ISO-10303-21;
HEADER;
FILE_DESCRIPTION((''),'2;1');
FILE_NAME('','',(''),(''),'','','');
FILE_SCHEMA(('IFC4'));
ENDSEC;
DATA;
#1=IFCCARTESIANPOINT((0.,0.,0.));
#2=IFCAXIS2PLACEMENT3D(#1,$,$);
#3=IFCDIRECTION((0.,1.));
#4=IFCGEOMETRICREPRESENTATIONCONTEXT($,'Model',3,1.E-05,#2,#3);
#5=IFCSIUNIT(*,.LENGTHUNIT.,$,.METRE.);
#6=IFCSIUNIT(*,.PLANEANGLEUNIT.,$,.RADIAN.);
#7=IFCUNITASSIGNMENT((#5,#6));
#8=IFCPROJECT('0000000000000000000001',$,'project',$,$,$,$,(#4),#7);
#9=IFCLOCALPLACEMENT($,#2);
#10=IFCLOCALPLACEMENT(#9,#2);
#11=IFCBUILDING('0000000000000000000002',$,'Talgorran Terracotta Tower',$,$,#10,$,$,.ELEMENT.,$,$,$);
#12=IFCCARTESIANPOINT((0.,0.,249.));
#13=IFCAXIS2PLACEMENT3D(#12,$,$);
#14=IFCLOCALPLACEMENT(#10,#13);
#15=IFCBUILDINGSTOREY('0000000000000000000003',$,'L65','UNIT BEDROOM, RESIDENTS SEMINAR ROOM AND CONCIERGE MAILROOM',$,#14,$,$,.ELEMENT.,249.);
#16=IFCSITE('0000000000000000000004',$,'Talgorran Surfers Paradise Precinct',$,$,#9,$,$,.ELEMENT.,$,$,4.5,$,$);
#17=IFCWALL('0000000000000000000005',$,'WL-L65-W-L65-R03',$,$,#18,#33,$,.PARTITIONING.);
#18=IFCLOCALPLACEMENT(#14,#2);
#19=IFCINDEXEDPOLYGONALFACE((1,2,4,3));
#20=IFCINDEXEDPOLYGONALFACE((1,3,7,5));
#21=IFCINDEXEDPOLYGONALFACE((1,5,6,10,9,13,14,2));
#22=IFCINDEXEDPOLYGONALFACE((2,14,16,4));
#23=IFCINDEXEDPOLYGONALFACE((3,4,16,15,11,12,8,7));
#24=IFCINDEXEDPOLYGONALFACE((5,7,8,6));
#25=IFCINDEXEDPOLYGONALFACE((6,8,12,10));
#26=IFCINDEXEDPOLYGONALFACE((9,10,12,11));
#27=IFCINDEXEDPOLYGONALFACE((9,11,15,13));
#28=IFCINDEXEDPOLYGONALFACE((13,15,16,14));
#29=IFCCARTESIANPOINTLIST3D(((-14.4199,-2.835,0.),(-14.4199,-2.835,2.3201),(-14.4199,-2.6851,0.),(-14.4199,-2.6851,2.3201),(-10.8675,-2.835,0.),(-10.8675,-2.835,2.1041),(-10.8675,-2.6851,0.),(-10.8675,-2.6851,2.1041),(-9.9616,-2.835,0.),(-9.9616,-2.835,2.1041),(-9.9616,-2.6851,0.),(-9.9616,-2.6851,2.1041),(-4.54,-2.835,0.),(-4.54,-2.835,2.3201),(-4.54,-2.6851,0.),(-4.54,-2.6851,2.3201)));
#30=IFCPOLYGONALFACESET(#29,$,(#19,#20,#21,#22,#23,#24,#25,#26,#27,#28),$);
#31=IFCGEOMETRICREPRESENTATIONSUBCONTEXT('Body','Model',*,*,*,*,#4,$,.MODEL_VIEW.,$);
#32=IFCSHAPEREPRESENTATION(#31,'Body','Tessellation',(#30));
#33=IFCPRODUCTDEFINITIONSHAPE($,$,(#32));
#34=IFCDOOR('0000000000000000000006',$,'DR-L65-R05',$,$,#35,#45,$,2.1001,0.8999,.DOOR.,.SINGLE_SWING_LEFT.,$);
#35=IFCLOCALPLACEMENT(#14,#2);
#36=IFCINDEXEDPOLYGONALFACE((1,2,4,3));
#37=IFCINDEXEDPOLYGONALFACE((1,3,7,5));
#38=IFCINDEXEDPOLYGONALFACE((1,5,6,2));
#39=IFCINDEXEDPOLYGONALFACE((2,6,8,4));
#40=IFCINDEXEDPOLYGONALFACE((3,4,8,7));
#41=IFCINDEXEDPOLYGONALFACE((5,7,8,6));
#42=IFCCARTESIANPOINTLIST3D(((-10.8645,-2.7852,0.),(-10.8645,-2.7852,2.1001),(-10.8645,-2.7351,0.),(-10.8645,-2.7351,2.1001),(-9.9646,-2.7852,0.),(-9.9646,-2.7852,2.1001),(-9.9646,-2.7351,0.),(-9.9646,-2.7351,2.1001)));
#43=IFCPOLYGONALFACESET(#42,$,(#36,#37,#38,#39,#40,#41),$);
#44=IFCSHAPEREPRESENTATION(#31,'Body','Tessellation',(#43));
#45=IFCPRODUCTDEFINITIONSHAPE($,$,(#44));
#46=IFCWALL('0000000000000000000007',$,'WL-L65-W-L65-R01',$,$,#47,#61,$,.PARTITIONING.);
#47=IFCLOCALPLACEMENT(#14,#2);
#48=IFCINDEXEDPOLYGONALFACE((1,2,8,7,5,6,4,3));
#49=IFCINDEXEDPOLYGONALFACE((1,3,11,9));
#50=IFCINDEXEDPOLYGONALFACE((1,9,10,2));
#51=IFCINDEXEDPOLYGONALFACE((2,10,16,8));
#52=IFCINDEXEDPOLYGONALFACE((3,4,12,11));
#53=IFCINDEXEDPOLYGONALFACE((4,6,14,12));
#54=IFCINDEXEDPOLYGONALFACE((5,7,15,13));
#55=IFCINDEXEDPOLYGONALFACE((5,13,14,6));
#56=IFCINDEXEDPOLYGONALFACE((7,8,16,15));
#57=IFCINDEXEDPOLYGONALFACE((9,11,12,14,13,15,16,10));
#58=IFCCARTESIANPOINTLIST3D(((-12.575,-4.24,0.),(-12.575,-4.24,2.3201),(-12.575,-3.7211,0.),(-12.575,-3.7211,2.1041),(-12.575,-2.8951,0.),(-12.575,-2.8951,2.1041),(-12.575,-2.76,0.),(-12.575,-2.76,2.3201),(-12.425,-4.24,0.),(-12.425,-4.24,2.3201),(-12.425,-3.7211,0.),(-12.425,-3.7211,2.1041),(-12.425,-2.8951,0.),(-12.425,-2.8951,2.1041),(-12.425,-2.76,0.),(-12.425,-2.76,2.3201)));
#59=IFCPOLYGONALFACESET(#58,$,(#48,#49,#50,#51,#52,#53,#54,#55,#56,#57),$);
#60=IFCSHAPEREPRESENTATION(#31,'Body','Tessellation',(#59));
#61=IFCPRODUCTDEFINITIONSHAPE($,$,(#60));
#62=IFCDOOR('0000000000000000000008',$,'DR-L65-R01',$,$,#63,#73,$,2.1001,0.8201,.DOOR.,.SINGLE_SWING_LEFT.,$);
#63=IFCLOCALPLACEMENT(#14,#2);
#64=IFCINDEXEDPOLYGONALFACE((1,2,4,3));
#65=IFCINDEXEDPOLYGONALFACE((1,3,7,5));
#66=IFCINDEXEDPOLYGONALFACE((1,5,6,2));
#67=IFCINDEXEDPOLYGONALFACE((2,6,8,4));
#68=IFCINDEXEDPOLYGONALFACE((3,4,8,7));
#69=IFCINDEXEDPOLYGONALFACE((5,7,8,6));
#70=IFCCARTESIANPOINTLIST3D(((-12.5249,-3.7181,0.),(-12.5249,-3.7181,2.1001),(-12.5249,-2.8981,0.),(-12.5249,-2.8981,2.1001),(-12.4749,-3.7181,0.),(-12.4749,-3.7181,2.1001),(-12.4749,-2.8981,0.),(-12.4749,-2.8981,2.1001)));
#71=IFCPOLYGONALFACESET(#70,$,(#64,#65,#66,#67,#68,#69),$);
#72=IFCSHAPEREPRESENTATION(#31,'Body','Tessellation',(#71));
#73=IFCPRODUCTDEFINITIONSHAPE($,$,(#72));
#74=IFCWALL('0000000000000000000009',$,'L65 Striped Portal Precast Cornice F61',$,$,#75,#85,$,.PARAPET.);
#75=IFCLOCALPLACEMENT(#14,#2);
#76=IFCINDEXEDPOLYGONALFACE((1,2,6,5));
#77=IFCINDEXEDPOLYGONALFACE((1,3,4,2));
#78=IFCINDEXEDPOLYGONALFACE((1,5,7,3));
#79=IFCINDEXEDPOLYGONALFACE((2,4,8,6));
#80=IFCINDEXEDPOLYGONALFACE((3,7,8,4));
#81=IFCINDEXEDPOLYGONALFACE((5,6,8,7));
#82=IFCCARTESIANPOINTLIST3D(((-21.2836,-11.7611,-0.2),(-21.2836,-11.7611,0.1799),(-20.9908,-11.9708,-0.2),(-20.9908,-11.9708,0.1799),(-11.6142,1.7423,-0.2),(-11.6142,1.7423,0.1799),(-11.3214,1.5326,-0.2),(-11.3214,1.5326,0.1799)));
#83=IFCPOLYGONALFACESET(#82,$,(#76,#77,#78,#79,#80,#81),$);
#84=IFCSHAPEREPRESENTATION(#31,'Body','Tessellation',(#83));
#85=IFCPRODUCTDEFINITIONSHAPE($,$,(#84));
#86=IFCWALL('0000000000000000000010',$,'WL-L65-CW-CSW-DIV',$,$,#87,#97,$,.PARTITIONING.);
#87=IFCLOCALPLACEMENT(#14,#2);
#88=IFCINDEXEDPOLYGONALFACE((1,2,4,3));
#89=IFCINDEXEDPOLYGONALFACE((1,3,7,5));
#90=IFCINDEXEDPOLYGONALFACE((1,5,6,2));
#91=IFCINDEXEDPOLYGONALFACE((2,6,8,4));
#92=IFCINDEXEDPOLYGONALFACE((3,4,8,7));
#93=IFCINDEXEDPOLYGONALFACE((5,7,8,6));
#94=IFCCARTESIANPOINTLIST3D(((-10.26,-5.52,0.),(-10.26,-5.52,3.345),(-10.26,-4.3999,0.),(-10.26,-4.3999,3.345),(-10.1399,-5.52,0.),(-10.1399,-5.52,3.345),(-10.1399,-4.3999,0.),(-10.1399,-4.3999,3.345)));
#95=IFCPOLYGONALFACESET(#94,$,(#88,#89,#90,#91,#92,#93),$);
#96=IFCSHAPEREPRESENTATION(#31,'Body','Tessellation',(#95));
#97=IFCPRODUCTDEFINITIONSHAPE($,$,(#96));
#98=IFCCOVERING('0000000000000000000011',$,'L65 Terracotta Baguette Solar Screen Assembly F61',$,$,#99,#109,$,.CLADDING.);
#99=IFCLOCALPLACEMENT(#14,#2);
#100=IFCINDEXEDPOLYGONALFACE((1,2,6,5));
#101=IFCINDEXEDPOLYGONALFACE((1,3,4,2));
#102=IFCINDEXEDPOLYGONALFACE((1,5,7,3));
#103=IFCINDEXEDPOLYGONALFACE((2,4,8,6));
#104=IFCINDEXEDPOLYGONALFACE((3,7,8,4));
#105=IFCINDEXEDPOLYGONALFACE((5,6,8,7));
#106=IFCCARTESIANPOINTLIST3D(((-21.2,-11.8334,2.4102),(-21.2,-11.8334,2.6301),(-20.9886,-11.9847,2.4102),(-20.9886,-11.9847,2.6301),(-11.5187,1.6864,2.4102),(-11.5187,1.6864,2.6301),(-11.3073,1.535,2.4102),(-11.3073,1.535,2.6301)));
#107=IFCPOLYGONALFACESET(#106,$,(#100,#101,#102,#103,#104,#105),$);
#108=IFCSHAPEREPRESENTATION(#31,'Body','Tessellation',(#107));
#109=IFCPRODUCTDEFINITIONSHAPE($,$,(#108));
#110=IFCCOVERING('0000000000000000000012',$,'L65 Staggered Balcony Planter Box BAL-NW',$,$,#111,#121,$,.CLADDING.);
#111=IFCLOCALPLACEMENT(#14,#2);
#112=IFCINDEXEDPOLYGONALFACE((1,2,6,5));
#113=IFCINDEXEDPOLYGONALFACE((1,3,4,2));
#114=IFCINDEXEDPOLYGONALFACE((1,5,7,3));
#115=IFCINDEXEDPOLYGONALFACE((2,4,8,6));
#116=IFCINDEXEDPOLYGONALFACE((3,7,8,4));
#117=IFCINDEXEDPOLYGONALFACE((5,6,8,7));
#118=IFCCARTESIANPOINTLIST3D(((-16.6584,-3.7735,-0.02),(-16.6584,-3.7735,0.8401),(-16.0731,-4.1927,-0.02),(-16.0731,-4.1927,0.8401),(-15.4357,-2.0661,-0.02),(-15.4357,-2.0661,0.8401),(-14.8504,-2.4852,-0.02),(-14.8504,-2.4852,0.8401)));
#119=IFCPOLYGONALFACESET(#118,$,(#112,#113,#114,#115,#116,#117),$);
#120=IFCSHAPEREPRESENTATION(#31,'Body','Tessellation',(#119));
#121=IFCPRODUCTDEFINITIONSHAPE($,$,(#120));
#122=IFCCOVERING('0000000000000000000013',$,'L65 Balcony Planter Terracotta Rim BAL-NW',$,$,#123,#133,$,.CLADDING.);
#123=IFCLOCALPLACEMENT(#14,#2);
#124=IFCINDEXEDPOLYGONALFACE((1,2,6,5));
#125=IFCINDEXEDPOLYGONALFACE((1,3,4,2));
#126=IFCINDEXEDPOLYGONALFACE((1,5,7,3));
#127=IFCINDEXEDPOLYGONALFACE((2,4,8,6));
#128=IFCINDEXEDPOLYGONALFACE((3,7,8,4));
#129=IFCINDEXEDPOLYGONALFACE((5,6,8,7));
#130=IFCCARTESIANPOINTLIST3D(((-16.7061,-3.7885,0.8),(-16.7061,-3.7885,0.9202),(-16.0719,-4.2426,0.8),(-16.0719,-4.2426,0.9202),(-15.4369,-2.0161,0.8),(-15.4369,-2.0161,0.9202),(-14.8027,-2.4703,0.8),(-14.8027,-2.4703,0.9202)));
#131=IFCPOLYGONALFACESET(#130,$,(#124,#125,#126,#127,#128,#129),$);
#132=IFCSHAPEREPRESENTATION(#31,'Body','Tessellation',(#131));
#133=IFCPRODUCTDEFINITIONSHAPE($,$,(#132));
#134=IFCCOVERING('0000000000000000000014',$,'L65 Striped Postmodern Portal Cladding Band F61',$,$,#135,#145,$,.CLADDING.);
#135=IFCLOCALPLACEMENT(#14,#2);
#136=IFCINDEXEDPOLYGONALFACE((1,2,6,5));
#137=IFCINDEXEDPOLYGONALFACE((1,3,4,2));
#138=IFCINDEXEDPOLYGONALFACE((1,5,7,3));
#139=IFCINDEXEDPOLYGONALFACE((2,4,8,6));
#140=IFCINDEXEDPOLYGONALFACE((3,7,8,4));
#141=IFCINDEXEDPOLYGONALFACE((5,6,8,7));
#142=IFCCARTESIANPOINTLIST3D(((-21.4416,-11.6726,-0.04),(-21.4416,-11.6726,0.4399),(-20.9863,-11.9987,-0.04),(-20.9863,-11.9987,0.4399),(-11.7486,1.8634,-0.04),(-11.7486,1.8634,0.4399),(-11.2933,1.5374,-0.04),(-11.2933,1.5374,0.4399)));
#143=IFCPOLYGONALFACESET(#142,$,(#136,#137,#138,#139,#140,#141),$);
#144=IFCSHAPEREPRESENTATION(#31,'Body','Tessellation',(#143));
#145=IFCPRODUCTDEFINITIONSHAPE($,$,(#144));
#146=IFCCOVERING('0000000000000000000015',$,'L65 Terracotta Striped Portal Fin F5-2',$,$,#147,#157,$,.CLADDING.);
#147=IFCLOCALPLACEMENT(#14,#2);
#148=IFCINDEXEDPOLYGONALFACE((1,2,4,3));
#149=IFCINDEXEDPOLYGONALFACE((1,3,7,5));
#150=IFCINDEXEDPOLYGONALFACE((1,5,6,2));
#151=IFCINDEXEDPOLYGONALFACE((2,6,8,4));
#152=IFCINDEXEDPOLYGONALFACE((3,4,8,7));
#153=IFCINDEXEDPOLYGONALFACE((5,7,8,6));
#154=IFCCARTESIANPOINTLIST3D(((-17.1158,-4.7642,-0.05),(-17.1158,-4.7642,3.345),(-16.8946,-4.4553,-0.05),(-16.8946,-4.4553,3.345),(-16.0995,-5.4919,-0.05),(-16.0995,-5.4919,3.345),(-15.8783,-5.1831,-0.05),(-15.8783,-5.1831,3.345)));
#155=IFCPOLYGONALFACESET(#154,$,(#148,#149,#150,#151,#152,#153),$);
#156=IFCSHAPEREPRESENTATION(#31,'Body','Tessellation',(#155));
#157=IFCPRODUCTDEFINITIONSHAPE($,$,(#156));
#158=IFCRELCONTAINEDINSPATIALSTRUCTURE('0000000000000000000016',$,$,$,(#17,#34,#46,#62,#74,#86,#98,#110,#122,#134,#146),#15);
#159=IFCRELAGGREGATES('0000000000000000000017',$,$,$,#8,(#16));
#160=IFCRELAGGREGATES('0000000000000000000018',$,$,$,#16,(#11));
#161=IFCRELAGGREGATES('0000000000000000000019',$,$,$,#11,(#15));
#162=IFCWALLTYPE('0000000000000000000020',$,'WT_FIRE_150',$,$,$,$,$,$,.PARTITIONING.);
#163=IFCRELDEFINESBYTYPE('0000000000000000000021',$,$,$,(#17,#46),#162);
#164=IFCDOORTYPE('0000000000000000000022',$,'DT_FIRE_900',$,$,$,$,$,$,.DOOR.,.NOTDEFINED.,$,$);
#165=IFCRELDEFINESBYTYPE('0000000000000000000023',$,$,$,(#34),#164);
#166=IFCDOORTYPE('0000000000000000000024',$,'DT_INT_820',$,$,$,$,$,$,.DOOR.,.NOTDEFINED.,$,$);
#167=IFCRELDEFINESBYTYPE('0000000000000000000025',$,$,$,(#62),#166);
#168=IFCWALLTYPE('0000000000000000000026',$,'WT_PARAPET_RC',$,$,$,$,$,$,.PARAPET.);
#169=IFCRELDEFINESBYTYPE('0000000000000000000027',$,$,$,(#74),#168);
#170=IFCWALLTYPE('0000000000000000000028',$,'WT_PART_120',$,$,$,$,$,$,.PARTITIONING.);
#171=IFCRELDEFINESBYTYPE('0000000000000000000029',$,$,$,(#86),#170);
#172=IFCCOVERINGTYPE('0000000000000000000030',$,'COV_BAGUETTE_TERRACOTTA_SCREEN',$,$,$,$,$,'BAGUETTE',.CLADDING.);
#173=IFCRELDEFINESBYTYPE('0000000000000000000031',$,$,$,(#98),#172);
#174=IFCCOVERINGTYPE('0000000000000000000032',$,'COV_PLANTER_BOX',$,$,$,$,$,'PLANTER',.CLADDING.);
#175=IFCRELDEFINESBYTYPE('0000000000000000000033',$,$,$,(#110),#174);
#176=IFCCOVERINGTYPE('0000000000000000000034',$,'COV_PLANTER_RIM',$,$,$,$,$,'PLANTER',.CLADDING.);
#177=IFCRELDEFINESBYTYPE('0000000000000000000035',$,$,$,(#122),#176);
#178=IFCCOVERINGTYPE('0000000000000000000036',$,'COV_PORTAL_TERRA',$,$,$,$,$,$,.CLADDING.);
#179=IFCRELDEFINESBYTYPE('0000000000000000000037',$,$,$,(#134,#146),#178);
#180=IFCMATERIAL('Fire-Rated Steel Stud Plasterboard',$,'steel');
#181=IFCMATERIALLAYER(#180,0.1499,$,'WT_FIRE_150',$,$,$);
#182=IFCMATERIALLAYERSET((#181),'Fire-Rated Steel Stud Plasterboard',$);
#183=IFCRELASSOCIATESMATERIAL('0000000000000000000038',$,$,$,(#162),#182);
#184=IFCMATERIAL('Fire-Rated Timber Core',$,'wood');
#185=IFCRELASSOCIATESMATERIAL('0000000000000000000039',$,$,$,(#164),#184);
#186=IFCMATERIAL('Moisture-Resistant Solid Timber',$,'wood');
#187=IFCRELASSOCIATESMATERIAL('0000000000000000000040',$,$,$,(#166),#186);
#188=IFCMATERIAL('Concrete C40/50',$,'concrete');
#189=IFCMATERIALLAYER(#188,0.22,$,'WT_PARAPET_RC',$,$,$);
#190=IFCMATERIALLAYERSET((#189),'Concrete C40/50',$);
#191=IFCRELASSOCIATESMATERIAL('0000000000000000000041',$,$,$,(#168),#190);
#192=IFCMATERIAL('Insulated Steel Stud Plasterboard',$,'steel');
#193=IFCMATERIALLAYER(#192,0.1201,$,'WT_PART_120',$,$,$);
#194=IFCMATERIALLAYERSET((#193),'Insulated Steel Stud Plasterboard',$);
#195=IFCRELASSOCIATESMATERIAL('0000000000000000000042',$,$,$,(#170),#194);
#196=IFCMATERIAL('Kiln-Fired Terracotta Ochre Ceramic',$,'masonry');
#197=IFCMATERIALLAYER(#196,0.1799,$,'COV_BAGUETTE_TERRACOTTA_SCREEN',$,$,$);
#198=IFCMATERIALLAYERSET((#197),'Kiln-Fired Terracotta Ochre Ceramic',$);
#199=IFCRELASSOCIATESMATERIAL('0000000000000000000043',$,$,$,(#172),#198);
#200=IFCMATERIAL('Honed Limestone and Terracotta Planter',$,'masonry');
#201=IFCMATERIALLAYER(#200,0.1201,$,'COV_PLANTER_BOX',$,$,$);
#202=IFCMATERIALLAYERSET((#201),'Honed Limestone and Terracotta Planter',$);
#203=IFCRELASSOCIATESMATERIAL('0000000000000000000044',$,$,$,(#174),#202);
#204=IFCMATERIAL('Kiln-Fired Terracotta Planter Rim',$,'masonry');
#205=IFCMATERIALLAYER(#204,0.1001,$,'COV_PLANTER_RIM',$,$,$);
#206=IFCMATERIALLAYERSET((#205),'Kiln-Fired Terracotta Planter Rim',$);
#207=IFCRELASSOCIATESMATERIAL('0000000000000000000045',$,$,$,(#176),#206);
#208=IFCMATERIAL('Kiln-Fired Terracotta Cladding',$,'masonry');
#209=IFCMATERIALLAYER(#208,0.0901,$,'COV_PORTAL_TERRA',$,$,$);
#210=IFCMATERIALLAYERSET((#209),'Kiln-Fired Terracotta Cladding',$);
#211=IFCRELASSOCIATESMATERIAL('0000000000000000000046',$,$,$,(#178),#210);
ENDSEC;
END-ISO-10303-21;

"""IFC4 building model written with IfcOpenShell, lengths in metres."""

from ifc_helpers import new_model, si_unit, direction, frame, frame_2d, origin, origin_2d, place, context, subcontext, project, spatial, rectangle, extrude, material, layer, layer_set, type_object, element, fill, save


model = new_model("IFC4")

# Units and contexts
model_context = context("Model", 3, precision=1e-05, world=origin(), true_north=direction((0.0, 1.0)))
body_context = subcontext(model_context, "Body", "Model", "MODEL_VIEW")
ifc_project = project(units=[si_unit("LENGTHUNIT", "METRE"), si_unit("PLANEANGLEUNIT", "RADIAN")], contexts=[model_context])

# Site, building, storey
site_placement = place(None, origin())
site = spatial("IfcSite", under=ifc_project, at=site_placement, Name="Talgorran Surfers Paradise Precinct", CompositionType="ELEMENT", RefElevation=4.5)
building_placement = place(site_placement, origin())
building = spatial("IfcBuilding", under=site, at=building_placement, Name="Talgorran Terracotta Tower", CompositionType="ELEMENT")
storey_placement = place(building_placement, frame((0.0, 0.0, 249.0)))
storey = spatial("IfcBuildingStorey", under=building, at=storey_placement, Name="L65", Description="UNIT BEDROOM, RESIDENTS SEMINAR ROOM AND CONCIERGE MAILROOM", CompositionType="ELEMENT", Elevation=249.0)

# Walls, openings, doors
ifc_material_1 = material(Name="Fire-Rated Steel Stud Plasterboard", Category="steel")
ifc_layer_1 = layer(ifc_material_1, 0.1499, Name="WT_FIRE_150")
ifc_layer_set_1 = layer_set([ifc_layer_1], Name="Fire-Rated Steel Stud Plasterboard")
wall_type_1 = type_object("IfcWallType", Name="WT_FIRE_150", PredefinedType="PARTITIONING", material=ifc_layer_set_1)
wall_1_placement = place(storey_placement, frame((-14.4199, -2.76, 0.0), z_axis=(0.0, 0.0, 1.0), x_axis=(1.0, 0.0, 0.0)))
wall_1 = element("IfcWall", 1, at=wall_1_placement, inside=storey, type_object=wall_type_1, Name="WL-L65-W-L65-R03", PredefinedType="PARTITIONING", context=body_context, shape_type="SweptSolid", body=[
    extrude(rectangle(XDim=9.8799, YDim=0.1499, at=frame_2d((4.9399, 0.0))), origin(), (0.0, 0.0, 1.0), 2.3201),
])
opening_1_placement = place(wall_1_placement, frame((3.5554, 0.0, 0.0)))
opening_1 = element("IfcOpeningElement", 2, at=opening_1_placement, cuts=wall_1, PredefinedType="OPENING", context=body_context, shape_type="SweptSolid", body=[
    extrude(rectangle(XDim=0.9059, YDim=2.1041, at=frame_2d((0.45, 1.052))), frame((0.0, 0.085, 0.0), z_axis=(0.0, -1.0, 0.0), x_axis=(1.0, 0.0, 0.0)), (0.0, 0.0, 1.0), 0.1699),
])
ifc_material_2 = material(Name="Fire-Rated Timber Core", Category="wood")
door_type_1 = type_object("IfcDoorType", Name="DT_FIRE_900", OperationType="NOTDEFINED", PredefinedType="DOOR", material=ifc_material_2)
door_1_placement = place(opening_1_placement, origin())
door_1 = element("IfcDoor", 3, at=door_1_placement, inside=storey, type_object=door_type_1, Name="DR-L65-R05", OperationType="SINGLE_SWING_LEFT", OverallHeight=2.1001, OverallWidth=0.8999, PredefinedType="DOOR", context=body_context, shape_type="SweptSolid", body=[
    extrude(rectangle(XDim=0.8999, YDim=2.1001, at=frame_2d((0.45, 1.05))), frame((0.0, 0.0249, 0.0), z_axis=(0.0, -1.0, 0.0), x_axis=(1.0, 0.0, 0.0)), (0.0, 0.0, 1.0), 0.05),
])
fill(opening_1, door_1)
wall_2_placement = place(storey_placement, frame((-12.5, -4.24, 0.0), z_axis=(0.0, 0.0, 1.0), x_axis=(0.0, 1.0, 0.0)))
wall_2 = element("IfcWall", 4, at=wall_2_placement, inside=storey, type_object=wall_type_1, Name="WL-L65-W-L65-R01", PredefinedType="PARTITIONING", context=body_context, shape_type="SweptSolid", body=[
    extrude(rectangle(XDim=1.48, YDim=0.1499, at=frame_2d((0.74, 0.0))), origin(), (0.0, 0.0, 1.0), 2.3201),
])
opening_2_placement = place(wall_2_placement, frame((0.5217, 0.0, 0.0)))
opening_2 = element("IfcOpeningElement", 5, at=opening_2_placement, cuts=wall_2, PredefinedType="OPENING", context=body_context, shape_type="SweptSolid", body=[
    extrude(rectangle(XDim=0.8261, YDim=2.1041, at=frame_2d((0.4102, 1.052))), frame((0.0, 0.085, 0.0), z_axis=(0.0, -1.0, 0.0), x_axis=(1.0, 0.0, 0.0)), (0.0, 0.0, 1.0), 0.1699),
])
ifc_material_3 = material(Name="Moisture-Resistant Solid Timber", Category="wood")
door_type_2 = type_object("IfcDoorType", Name="DT_INT_820", OperationType="NOTDEFINED", PredefinedType="DOOR", material=ifc_material_3)
door_2_placement = place(opening_2_placement, origin())
door_2 = element("IfcDoor", 6, at=door_2_placement, inside=storey, type_object=door_type_2, Name="DR-L65-R01", OperationType="SINGLE_SWING_LEFT", OverallHeight=2.1001, OverallWidth=0.8201, PredefinedType="DOOR", context=body_context, shape_type="SweptSolid", body=[
    extrude(rectangle(XDim=0.8201, YDim=2.1001, at=frame_2d((0.4102, 1.05))), frame((0.0, 0.0249, 0.0), z_axis=(0.0, -1.0, 0.0), x_axis=(1.0, 0.0, 0.0)), (0.0, 0.0, 1.0), 0.05),
])
fill(opening_2, door_2)

# Walls
ifc_material_4 = material(Name="Concrete C40/50", Category="concrete")
ifc_layer_2 = layer(ifc_material_4, 0.22, Name="WT_PARAPET_RC")
ifc_layer_set_2 = layer_set([ifc_layer_2], Name="Concrete C40/50")
wall_type_2 = type_object("IfcWallType", Name="WT_PARAPET_RC", PredefinedType="PARAPET", material=ifc_layer_set_2)
wall_3_placement = place(storey_placement, frame((-11.4678, 1.6375, -0.2), z_axis=(0.0, 0.0, 1.0), x_axis=(-0.5822, -0.813046, 0.0)))
element("IfcWall", 7, at=wall_3_placement, inside=storey, type_object=wall_type_2, Name="L65 Striped Portal Precast Cornice F61", PredefinedType="PARAPET", context=body_context, shape_type="SweptSolid", body=[
    extrude(rectangle(XDim=16.6084, YDim=0.3601, at=frame_2d((8.3042, 0.0))), origin(), (0.0, 0.0, 1.0), 0.3799),
])
ifc_material_5 = material(Name="Insulated Steel Stud Plasterboard", Category="steel")
ifc_layer_3 = layer(ifc_material_5, 0.1201, Name="WT_PART_120")
ifc_layer_set_3 = layer_set([ifc_layer_3], Name="Insulated Steel Stud Plasterboard")
wall_type_3 = type_object("IfcWallType", Name="WT_PART_120", PredefinedType="PARTITIONING", material=ifc_layer_set_3)
wall_4_placement = place(storey_placement, frame((-10.2, -5.52, 0.0), z_axis=(0.0, 0.0, 1.0), x_axis=(0.0, 1.0, 0.0)))
element("IfcWall", 8, at=wall_4_placement, inside=storey, type_object=wall_type_3, Name="WL-L65-CW-CSW-DIV", PredefinedType="PARTITIONING", context=body_context, shape_type="SweptSolid", body=[
    extrude(rectangle(XDim=1.1201, YDim=0.1201, at=frame_2d((0.5601, 0.0))), origin(), (0.0, 0.0, 1.0), 3.345),
])

# Coverings
ifc_material_6 = material(Name="Kiln-Fired Terracotta Ochre Ceramic", Category="masonry")
ifc_layer_4 = layer(ifc_material_6, 0.1799, Name="COV_BAGUETTE_TERRACOTTA_SCREEN")
ifc_layer_set_4 = layer_set([ifc_layer_4], Name="Kiln-Fired Terracotta Ochre Ceramic")
covering_type_1 = type_object("IfcCoveringType", Name="COV_BAGUETTE_TERRACOTTA_SCREEN", ElementType="BAGUETTE", PredefinedType="CLADDING", material=ifc_layer_set_4)
covering_1_placement = place(storey_placement, frame((-16.2537, -5.1492, 2.4102), z_axis=(0.0, 0.0, 1.0), x_axis=(-0.582208, -0.81304, 0.0)))
element("IfcCovering", 9, at=covering_1_placement, inside=storey, type_object=covering_type_1, Name="L65 Terracotta Baguette Solar Screen Assembly F61", PredefinedType="CLADDING", context=body_context, shape_type="SweptSolid", body=[
    extrude(rectangle(XDim=16.6287, YDim=0.26, at=origin_2d()), origin(), (0.0, 0.0, 1.0), 0.22),
])
ifc_material_7 = material(Name="Honed Limestone and Terracotta Planter", Category="masonry")
ifc_layer_5 = layer(ifc_material_7, 0.1201, Name="COV_PLANTER_BOX")
ifc_layer_set_5 = layer_set([ifc_layer_5], Name="Honed Limestone and Terracotta Planter")
covering_type_2 = type_object("IfcCoveringType", Name="COV_PLANTER_BOX", ElementType="PLANTER", PredefinedType="CLADDING", material=ifc_layer_set_5)
covering_2_placement = place(storey_placement, frame((-15.7544, -3.1294, -0.02), z_axis=(0.0, 0.0, 1.0), x_axis=(-0.582208, -0.81304, 0.0)))
element("IfcCovering", 10, at=covering_2_placement, inside=storey, type_object=covering_type_2, Name="L65 Staggered Balcony Planter Box BAL-NW", PredefinedType="CLADDING", context=body_context, shape_type="SweptSolid", body=[
    extrude(rectangle(XDim=2.1001, YDim=0.72, at=origin_2d()), origin(), (0.0, 0.0, 1.0), 0.8601),
])
ifc_material_8 = material(Name="Kiln-Fired Terracotta Planter Rim", Category="masonry")
ifc_layer_6 = layer(ifc_material_8, 0.1001, Name="COV_PLANTER_RIM")
ifc_layer_set_6 = layer_set([ifc_layer_6], Name="Kiln-Fired Terracotta Planter Rim")
covering_type_3 = type_object("IfcCoveringType", Name="COV_PLANTER_RIM", ElementType="PLANTER", PredefinedType="CLADDING", material=ifc_layer_set_6)
covering_3_placement = place(storey_placement, frame((-15.7544, -3.1294, 0.8), z_axis=(0.0, 0.0, 1.0), x_axis=(-0.582208, -0.81304, 0.0)))
element("IfcCovering", 11, at=covering_3_placement, inside=storey, type_object=covering_type_3, Name="L65 Balcony Planter Terracotta Rim BAL-NW", PredefinedType="CLADDING", context=body_context, shape_type="SweptSolid", body=[
    extrude(rectangle(XDim=2.1799, YDim=0.78, at=origin_2d()), origin(), (0.0, 0.0, 1.0), 0.1201),
])
ifc_material_9 = material(Name="Kiln-Fired Terracotta Cladding", Category="masonry")
ifc_layer_7 = layer(ifc_material_9, 0.0901, Name="COV_PORTAL_TERRA")
ifc_layer_set_7 = layer_set([ifc_layer_7], Name="Kiln-Fired Terracotta Cladding")
covering_type_4 = type_object("IfcCoveringType", Name="COV_PORTAL_TERRA", PredefinedType="CLADDING", material=ifc_layer_set_7)
covering_4_placement = place(storey_placement, frame((-16.3674, -5.0676, -0.04), z_axis=(0.0, 0.0, 1.0), x_axis=(-0.582208, -0.81304, 0.0)))
element("IfcCovering", 12, at=covering_4_placement, inside=storey, type_object=covering_type_4, Name="L65 Striped Postmodern Portal Cladding Band F61", PredefinedType="CLADDING", context=body_context, shape_type="SweptSolid", body=[
    extrude(rectangle(XDim=16.6487, YDim=0.5601, at=origin_2d()), origin(), (0.0, 0.0, 1.0), 0.48),
])
covering_5_placement = place(storey_placement, frame((-16.4971, -4.9736, -0.05), z_axis=(0.0, 0.0, 1.0), x_axis=(-0.582208, -0.81304, 0.0)))
element("IfcCovering", 13, at=covering_5_placement, inside=storey, type_object=covering_type_4, Name="L65 Terracotta Striped Portal Fin F5-2", PredefinedType="CLADDING", context=body_context, shape_type="SweptSolid", body=[
    extrude(rectangle(XDim=0.3799, YDim=1.25, at=origin_2d()), origin(), (0.0, 0.0, 1.0), 3.395),
])

save(model, "model.ifc")
